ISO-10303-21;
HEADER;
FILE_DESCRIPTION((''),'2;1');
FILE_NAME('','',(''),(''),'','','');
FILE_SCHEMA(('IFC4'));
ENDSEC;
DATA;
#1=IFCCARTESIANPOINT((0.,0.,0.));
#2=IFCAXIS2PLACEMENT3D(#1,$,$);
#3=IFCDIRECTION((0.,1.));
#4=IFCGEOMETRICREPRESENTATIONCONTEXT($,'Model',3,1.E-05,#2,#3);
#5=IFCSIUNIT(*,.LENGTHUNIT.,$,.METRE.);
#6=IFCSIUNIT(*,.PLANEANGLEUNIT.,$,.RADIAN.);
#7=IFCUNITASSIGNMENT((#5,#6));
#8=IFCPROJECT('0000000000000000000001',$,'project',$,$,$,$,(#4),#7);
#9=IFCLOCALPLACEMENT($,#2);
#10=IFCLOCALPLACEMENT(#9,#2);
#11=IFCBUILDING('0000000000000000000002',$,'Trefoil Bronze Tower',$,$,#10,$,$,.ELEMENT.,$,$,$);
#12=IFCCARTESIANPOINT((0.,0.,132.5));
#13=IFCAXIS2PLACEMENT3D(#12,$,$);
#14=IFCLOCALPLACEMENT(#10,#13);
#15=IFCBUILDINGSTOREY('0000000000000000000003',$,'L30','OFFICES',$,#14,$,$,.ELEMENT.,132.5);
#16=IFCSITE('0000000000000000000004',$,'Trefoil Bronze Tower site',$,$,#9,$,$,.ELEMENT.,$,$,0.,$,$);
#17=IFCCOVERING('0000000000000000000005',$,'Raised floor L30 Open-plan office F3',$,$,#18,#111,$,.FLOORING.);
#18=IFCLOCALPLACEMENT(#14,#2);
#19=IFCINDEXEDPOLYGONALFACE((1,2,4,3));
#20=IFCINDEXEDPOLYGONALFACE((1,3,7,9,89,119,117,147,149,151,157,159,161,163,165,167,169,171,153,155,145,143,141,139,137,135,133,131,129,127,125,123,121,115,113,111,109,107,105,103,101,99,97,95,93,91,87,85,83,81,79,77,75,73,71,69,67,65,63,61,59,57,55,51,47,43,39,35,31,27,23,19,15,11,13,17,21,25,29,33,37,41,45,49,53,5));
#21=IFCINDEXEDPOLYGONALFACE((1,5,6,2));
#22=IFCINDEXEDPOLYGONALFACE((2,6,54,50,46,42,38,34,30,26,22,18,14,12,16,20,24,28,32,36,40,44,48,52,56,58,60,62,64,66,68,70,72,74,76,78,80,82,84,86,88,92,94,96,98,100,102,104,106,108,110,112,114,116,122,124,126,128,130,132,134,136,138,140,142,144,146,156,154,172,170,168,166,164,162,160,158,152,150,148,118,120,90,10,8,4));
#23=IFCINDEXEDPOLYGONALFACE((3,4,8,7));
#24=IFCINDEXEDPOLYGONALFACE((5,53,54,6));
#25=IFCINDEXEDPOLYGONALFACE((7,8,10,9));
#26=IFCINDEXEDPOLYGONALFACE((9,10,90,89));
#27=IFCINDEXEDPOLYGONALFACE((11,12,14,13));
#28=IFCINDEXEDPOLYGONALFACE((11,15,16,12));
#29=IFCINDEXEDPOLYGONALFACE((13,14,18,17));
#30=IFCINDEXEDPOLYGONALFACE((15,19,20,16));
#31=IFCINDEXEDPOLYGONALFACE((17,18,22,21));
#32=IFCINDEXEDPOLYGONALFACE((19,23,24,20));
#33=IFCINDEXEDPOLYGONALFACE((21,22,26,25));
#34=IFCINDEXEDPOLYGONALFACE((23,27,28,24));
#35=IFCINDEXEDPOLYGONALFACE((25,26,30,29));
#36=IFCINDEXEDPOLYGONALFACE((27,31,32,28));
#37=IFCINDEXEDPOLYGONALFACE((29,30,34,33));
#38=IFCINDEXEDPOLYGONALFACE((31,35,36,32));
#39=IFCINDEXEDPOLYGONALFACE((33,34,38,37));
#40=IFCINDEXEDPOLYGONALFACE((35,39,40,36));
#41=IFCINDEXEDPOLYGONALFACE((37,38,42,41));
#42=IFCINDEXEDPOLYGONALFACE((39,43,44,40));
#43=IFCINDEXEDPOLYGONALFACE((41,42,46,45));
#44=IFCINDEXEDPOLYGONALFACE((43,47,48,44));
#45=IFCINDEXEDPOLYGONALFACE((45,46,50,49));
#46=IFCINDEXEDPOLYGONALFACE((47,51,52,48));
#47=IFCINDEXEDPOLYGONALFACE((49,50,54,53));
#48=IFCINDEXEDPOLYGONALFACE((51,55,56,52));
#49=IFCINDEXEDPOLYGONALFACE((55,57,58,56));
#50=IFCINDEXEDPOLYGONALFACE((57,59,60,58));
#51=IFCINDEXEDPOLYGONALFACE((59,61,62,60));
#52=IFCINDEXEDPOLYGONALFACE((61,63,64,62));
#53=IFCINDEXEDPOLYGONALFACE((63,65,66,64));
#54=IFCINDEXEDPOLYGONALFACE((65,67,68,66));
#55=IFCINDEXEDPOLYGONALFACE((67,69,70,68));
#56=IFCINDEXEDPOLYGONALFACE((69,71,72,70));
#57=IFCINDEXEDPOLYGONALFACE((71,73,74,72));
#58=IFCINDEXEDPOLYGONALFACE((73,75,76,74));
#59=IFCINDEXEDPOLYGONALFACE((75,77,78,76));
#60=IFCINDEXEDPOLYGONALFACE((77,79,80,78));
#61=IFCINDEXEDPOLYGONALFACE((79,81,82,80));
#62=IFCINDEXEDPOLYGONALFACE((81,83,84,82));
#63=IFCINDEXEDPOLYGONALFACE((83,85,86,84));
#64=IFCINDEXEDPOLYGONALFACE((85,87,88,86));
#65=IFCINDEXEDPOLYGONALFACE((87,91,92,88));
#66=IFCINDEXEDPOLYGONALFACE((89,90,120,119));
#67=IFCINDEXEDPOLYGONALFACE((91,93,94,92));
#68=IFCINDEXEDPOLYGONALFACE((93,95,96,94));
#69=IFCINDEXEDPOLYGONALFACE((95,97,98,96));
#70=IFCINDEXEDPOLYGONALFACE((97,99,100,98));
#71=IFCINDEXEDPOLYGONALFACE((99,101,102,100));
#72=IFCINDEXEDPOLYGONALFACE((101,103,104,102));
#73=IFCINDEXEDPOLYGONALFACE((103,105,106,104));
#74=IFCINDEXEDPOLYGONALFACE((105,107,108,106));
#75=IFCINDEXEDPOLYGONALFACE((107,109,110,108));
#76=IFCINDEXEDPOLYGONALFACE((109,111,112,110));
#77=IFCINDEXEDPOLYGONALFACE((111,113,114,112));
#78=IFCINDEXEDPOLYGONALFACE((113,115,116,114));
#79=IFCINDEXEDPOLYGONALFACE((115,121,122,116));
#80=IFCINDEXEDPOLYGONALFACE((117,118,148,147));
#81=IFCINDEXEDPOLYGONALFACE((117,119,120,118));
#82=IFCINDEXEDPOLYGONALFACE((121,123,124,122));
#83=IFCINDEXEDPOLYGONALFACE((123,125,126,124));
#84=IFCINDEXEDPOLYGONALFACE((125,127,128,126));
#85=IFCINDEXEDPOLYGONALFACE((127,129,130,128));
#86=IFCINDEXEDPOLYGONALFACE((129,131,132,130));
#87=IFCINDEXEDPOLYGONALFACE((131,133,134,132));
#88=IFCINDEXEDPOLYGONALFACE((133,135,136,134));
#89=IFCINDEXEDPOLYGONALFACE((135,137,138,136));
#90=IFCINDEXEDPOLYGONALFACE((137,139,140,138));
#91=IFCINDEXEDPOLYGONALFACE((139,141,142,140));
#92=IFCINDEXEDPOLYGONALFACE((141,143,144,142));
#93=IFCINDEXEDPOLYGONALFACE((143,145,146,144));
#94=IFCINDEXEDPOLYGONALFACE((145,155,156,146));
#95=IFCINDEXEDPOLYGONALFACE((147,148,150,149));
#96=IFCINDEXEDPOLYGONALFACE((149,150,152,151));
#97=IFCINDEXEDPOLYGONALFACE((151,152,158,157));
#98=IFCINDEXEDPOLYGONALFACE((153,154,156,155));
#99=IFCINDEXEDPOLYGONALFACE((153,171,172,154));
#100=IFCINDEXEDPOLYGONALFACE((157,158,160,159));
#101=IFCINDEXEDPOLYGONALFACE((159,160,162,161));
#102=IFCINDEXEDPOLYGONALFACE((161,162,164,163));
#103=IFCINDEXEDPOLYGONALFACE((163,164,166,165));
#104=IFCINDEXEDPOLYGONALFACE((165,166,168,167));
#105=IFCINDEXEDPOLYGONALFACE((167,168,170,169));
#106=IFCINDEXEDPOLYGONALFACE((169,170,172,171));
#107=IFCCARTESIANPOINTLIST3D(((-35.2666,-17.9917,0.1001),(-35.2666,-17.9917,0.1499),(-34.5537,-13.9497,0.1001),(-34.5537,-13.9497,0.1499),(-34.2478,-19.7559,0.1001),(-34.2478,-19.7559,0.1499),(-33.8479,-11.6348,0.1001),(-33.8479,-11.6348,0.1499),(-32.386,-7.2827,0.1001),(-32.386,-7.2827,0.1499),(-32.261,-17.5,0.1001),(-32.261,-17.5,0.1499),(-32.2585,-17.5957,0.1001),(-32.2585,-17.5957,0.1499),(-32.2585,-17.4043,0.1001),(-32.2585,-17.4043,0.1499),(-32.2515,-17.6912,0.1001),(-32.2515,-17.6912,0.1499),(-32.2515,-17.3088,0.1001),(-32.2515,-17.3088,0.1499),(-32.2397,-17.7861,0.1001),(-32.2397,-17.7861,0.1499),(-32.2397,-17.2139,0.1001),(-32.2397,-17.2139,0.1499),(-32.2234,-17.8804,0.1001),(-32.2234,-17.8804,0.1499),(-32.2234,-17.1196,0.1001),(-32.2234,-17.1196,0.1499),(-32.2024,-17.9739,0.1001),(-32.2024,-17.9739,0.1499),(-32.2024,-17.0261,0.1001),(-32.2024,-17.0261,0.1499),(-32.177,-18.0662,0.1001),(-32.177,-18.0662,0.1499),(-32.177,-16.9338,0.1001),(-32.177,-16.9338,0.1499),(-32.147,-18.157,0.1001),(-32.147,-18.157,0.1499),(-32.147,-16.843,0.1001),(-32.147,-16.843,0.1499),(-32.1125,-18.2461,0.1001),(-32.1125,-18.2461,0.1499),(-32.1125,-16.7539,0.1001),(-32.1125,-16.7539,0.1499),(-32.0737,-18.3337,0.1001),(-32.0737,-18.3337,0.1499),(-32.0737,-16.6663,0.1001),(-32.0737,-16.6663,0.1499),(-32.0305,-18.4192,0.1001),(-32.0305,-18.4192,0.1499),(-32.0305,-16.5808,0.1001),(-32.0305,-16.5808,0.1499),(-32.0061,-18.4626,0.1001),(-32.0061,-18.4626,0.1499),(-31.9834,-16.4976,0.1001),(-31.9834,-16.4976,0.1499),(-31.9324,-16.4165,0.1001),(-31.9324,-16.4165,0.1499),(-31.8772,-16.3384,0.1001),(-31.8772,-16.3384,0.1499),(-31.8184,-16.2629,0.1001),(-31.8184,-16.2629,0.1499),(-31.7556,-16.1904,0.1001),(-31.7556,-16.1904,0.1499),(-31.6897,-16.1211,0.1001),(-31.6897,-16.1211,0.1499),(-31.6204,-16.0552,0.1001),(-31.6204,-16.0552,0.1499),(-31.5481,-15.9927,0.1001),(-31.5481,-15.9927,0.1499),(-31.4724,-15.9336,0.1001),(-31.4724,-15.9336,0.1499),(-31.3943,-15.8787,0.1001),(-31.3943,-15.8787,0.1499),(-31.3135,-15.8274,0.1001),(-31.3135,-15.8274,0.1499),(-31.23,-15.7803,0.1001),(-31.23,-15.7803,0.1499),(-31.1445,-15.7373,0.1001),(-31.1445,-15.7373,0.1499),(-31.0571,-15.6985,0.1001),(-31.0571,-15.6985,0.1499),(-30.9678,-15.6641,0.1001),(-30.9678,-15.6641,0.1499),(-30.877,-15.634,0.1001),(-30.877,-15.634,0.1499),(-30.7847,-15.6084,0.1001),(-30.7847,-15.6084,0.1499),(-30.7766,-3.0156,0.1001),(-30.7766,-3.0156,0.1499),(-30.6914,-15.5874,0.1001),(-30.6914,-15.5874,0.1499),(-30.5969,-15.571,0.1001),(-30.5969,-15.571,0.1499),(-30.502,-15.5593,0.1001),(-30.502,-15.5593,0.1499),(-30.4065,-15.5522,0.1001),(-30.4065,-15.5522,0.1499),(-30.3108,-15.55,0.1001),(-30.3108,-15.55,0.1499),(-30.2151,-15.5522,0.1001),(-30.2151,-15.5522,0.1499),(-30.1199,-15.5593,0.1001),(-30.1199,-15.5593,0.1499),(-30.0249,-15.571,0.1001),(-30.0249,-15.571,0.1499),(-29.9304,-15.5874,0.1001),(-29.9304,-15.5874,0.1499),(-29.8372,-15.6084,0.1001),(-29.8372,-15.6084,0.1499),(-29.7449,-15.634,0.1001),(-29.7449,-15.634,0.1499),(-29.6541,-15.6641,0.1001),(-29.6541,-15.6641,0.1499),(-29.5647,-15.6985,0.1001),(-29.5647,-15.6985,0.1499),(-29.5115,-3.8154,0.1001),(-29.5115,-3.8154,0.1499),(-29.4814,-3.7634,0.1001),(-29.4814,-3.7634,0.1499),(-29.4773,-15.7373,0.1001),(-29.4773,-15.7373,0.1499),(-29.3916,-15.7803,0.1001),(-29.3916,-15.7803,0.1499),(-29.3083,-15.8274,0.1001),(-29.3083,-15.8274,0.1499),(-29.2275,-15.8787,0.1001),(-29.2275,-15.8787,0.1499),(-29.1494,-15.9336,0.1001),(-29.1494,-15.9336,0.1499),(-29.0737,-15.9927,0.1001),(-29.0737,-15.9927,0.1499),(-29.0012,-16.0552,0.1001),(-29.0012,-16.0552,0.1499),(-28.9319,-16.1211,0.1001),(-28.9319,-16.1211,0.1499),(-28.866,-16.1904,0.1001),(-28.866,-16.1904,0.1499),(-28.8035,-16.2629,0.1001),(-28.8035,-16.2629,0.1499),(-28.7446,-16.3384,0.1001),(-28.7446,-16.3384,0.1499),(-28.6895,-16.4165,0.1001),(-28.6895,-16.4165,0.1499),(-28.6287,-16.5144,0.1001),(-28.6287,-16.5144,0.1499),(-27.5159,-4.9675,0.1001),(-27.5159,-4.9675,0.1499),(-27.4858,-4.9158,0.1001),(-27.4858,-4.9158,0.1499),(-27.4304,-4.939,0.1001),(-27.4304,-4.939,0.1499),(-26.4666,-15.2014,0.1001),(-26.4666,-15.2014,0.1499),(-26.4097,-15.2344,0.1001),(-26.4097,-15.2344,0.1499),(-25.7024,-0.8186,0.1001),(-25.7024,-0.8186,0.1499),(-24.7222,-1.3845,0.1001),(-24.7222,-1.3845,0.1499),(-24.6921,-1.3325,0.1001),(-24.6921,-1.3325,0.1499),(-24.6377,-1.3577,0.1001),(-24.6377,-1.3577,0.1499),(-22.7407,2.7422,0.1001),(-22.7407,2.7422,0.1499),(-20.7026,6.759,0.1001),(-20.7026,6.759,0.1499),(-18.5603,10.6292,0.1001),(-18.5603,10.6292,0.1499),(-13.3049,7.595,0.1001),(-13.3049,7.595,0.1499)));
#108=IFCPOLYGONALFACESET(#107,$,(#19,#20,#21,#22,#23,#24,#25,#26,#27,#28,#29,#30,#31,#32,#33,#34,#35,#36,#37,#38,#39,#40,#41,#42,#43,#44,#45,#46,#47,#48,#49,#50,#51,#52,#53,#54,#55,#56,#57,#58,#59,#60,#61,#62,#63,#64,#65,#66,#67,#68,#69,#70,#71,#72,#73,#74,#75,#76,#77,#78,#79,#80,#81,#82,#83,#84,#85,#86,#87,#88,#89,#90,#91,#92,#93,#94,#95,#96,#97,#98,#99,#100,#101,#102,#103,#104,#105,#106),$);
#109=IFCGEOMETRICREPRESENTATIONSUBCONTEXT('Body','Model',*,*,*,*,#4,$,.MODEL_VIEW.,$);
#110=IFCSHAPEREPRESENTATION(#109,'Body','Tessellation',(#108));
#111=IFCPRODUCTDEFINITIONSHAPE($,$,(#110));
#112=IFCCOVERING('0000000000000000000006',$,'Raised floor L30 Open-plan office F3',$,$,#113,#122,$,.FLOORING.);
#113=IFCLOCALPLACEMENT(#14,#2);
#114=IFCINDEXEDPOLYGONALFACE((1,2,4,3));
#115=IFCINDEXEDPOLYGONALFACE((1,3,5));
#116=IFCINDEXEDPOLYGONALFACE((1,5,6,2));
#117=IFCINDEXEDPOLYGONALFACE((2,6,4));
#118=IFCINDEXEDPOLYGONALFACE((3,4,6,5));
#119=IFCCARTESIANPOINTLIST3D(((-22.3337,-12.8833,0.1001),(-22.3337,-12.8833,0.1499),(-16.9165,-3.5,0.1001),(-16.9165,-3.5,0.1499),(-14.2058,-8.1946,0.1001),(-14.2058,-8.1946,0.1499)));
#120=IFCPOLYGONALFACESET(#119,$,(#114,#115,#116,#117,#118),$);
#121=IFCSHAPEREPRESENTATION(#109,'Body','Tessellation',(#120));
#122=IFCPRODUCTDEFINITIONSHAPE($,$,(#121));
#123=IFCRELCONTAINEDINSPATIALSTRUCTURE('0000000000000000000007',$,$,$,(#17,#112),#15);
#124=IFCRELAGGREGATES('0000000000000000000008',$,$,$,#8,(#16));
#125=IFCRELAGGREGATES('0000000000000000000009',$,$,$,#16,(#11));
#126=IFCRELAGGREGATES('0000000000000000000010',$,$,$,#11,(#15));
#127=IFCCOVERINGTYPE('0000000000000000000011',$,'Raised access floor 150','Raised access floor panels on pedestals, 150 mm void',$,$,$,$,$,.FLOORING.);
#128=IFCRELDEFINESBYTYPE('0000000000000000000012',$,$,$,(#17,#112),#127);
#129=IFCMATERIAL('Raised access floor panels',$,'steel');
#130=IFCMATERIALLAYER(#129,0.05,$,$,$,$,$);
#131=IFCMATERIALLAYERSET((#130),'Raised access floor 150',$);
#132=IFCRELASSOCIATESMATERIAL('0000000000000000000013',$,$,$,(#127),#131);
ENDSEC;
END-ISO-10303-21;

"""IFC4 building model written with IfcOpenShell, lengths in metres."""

from ifc_helpers import new_model, si_unit, direction, frame, origin, place, context, subcontext, project, spatial, polyline, outline, extrude, material, layer, layer_set, type_object, element, save


model = new_model("IFC4")

# Units and contexts
model_context = context("Model", 3, precision=1e-05, world=origin(), true_north=direction((0.0, 1.0)))
body_context = subcontext(model_context, "Body", "Model", "MODEL_VIEW")
ifc_project = project(units=[si_unit("LENGTHUNIT", "METRE"), si_unit("PLANEANGLEUNIT", "RADIAN")], contexts=[model_context])

# Site, building, storey
site_placement = place(None, origin())
site = spatial("IfcSite", under=ifc_project, at=site_placement, Name="Trefoil Bronze Tower site", CompositionType="ELEMENT", RefElevation=0.0)
building_placement = place(site_placement, origin())
building = spatial("IfcBuilding", under=site, at=building_placement, Name="Trefoil Bronze Tower", CompositionType="ELEMENT")
storey_placement = place(building_placement, frame((0.0, 0.0, 132.5)))
storey = spatial("IfcBuildingStorey", under=building, at=storey_placement, Name="L30", Description="OFFICES", CompositionType="ELEMENT", Elevation=132.5)

# Coverings
ifc_material_1 = material(Name="Raised access floor panels", Category="steel")
ifc_layer_1 = layer(ifc_material_1, 0.05)
ifc_layer_set_1 = layer_set([ifc_layer_1], Name="Raised access floor 150")
covering_type_1 = type_object("IfcCoveringType", Name="Raised access floor 150", Description="Raised access floor panels on pedestals, 150 mm void", PredefinedType="FLOORING", material=ifc_layer_set_1)
covering_1_placement = place(storey_placement, frame((0.0, 0.0, 0.1001)))
element("IfcCovering", 1, at=covering_1_placement, inside=storey, type_object=covering_type_1, Name="Raised floor L30 Open-plan office F3", PredefinedType="FLOORING", context=body_context, shape_type="SweptSolid", body=[
    extrude(outline(polyline([(-35.2666, -17.9917), (-34.5537, -13.9497), (-33.8479, -11.6348), (-32.386, -7.2827), (-30.7766, -3.0156), (-29.4814, -3.7634), (-29.5115, -3.8154), (-27.5159, -4.9675), (-27.4858, -4.9158), (-27.4304, -4.939), (-25.7024, -0.8186), (-24.7222, -1.3845), (-24.6921, -1.3325), (-24.6377, -1.3577), (-22.7407, 2.7422), (-20.7026, 6.759), (-18.5603, 10.6292), (-13.3049, 7.595), (-26.4666, -15.2014), (-26.4097, -15.2344), (-28.6287, -16.5144), (-28.6895, -16.4165), (-28.7446, -16.3384), (-28.8035, -16.2629), (-28.866, -16.1904), (-28.9319, -16.1211), (-29.0012, -16.0552), (-29.0737, -15.9927), (-29.1494, -15.9336), (-29.2275, -15.8787), (-29.3083, -15.8274), (-29.3916, -15.7803), (-29.4773, -15.7373), (-29.5647, -15.6985), (-29.6541, -15.6641), (-29.7449, -15.634), (-29.8372, -15.6084), (-29.9304, -15.5874), (-30.0249, -15.571), (-30.1199, -15.5593), (-30.2151, -15.5522), (-30.3108, -15.55), (-30.4065, -15.5522), (-30.502, -15.5593), (-30.5969, -15.571), (-30.6914, -15.5874), (-30.7847, -15.6084), (-30.877, -15.634), (-30.9678, -15.6641), (-31.0571, -15.6985), (-31.1445, -15.7373), (-31.23, -15.7803), (-31.3135, -15.8274), (-31.3943, -15.8787), (-31.4724, -15.9336), (-31.5481, -15.9927), (-31.6204, -16.0552), (-31.6897, -16.1211), (-31.7556, -16.1904), (-31.8184, -16.2629), (-31.8772, -16.3384), (-31.9324, -16.4165), (-31.9834, -16.4976), (-32.0305, -16.5808), (-32.0737, -16.6663), (-32.1125, -16.7539), (-32.147, -16.843), (-32.177, -16.9338), (-32.2024, -17.0261), (-32.2234, -17.1196), (-32.2397, -17.2139), (-32.2515, -17.3088), (-32.2585, -17.4043), (-32.261, -17.5), (-32.2585, -17.5957), (-32.2515, -17.6912), (-32.2397, -17.7861), (-32.2234, -17.8804), (-32.2024, -17.9739), (-32.177, -18.0662), (-32.147, -18.157), (-32.1125, -18.2461), (-32.0737, -18.3337), (-32.0305, -18.4192), (-32.0061, -18.4626), (-34.2478, -19.7559), (-35.2666, -17.9917)])), origin(), (0.0, 0.0, 1.0), 0.0498),
])
covering_2_placement = place(storey_placement, frame((0.0, 0.0, 0.1001)))
element("IfcCovering", 2, at=covering_2_placement, inside=storey, type_object=covering_type_1, Name="Raised floor L30 Open-plan office F3", PredefinedType="FLOORING", context=body_context, shape_type="SweptSolid", body=[
    extrude(outline(polyline([(-14.2058, -8.1946), (-22.3337, -12.8833), (-16.9165, -3.5), (-14.2058, -8.1946)])), origin(), (0.0, 0.0, 1.0), 0.0498),
])

save(model, "model.ifc")
